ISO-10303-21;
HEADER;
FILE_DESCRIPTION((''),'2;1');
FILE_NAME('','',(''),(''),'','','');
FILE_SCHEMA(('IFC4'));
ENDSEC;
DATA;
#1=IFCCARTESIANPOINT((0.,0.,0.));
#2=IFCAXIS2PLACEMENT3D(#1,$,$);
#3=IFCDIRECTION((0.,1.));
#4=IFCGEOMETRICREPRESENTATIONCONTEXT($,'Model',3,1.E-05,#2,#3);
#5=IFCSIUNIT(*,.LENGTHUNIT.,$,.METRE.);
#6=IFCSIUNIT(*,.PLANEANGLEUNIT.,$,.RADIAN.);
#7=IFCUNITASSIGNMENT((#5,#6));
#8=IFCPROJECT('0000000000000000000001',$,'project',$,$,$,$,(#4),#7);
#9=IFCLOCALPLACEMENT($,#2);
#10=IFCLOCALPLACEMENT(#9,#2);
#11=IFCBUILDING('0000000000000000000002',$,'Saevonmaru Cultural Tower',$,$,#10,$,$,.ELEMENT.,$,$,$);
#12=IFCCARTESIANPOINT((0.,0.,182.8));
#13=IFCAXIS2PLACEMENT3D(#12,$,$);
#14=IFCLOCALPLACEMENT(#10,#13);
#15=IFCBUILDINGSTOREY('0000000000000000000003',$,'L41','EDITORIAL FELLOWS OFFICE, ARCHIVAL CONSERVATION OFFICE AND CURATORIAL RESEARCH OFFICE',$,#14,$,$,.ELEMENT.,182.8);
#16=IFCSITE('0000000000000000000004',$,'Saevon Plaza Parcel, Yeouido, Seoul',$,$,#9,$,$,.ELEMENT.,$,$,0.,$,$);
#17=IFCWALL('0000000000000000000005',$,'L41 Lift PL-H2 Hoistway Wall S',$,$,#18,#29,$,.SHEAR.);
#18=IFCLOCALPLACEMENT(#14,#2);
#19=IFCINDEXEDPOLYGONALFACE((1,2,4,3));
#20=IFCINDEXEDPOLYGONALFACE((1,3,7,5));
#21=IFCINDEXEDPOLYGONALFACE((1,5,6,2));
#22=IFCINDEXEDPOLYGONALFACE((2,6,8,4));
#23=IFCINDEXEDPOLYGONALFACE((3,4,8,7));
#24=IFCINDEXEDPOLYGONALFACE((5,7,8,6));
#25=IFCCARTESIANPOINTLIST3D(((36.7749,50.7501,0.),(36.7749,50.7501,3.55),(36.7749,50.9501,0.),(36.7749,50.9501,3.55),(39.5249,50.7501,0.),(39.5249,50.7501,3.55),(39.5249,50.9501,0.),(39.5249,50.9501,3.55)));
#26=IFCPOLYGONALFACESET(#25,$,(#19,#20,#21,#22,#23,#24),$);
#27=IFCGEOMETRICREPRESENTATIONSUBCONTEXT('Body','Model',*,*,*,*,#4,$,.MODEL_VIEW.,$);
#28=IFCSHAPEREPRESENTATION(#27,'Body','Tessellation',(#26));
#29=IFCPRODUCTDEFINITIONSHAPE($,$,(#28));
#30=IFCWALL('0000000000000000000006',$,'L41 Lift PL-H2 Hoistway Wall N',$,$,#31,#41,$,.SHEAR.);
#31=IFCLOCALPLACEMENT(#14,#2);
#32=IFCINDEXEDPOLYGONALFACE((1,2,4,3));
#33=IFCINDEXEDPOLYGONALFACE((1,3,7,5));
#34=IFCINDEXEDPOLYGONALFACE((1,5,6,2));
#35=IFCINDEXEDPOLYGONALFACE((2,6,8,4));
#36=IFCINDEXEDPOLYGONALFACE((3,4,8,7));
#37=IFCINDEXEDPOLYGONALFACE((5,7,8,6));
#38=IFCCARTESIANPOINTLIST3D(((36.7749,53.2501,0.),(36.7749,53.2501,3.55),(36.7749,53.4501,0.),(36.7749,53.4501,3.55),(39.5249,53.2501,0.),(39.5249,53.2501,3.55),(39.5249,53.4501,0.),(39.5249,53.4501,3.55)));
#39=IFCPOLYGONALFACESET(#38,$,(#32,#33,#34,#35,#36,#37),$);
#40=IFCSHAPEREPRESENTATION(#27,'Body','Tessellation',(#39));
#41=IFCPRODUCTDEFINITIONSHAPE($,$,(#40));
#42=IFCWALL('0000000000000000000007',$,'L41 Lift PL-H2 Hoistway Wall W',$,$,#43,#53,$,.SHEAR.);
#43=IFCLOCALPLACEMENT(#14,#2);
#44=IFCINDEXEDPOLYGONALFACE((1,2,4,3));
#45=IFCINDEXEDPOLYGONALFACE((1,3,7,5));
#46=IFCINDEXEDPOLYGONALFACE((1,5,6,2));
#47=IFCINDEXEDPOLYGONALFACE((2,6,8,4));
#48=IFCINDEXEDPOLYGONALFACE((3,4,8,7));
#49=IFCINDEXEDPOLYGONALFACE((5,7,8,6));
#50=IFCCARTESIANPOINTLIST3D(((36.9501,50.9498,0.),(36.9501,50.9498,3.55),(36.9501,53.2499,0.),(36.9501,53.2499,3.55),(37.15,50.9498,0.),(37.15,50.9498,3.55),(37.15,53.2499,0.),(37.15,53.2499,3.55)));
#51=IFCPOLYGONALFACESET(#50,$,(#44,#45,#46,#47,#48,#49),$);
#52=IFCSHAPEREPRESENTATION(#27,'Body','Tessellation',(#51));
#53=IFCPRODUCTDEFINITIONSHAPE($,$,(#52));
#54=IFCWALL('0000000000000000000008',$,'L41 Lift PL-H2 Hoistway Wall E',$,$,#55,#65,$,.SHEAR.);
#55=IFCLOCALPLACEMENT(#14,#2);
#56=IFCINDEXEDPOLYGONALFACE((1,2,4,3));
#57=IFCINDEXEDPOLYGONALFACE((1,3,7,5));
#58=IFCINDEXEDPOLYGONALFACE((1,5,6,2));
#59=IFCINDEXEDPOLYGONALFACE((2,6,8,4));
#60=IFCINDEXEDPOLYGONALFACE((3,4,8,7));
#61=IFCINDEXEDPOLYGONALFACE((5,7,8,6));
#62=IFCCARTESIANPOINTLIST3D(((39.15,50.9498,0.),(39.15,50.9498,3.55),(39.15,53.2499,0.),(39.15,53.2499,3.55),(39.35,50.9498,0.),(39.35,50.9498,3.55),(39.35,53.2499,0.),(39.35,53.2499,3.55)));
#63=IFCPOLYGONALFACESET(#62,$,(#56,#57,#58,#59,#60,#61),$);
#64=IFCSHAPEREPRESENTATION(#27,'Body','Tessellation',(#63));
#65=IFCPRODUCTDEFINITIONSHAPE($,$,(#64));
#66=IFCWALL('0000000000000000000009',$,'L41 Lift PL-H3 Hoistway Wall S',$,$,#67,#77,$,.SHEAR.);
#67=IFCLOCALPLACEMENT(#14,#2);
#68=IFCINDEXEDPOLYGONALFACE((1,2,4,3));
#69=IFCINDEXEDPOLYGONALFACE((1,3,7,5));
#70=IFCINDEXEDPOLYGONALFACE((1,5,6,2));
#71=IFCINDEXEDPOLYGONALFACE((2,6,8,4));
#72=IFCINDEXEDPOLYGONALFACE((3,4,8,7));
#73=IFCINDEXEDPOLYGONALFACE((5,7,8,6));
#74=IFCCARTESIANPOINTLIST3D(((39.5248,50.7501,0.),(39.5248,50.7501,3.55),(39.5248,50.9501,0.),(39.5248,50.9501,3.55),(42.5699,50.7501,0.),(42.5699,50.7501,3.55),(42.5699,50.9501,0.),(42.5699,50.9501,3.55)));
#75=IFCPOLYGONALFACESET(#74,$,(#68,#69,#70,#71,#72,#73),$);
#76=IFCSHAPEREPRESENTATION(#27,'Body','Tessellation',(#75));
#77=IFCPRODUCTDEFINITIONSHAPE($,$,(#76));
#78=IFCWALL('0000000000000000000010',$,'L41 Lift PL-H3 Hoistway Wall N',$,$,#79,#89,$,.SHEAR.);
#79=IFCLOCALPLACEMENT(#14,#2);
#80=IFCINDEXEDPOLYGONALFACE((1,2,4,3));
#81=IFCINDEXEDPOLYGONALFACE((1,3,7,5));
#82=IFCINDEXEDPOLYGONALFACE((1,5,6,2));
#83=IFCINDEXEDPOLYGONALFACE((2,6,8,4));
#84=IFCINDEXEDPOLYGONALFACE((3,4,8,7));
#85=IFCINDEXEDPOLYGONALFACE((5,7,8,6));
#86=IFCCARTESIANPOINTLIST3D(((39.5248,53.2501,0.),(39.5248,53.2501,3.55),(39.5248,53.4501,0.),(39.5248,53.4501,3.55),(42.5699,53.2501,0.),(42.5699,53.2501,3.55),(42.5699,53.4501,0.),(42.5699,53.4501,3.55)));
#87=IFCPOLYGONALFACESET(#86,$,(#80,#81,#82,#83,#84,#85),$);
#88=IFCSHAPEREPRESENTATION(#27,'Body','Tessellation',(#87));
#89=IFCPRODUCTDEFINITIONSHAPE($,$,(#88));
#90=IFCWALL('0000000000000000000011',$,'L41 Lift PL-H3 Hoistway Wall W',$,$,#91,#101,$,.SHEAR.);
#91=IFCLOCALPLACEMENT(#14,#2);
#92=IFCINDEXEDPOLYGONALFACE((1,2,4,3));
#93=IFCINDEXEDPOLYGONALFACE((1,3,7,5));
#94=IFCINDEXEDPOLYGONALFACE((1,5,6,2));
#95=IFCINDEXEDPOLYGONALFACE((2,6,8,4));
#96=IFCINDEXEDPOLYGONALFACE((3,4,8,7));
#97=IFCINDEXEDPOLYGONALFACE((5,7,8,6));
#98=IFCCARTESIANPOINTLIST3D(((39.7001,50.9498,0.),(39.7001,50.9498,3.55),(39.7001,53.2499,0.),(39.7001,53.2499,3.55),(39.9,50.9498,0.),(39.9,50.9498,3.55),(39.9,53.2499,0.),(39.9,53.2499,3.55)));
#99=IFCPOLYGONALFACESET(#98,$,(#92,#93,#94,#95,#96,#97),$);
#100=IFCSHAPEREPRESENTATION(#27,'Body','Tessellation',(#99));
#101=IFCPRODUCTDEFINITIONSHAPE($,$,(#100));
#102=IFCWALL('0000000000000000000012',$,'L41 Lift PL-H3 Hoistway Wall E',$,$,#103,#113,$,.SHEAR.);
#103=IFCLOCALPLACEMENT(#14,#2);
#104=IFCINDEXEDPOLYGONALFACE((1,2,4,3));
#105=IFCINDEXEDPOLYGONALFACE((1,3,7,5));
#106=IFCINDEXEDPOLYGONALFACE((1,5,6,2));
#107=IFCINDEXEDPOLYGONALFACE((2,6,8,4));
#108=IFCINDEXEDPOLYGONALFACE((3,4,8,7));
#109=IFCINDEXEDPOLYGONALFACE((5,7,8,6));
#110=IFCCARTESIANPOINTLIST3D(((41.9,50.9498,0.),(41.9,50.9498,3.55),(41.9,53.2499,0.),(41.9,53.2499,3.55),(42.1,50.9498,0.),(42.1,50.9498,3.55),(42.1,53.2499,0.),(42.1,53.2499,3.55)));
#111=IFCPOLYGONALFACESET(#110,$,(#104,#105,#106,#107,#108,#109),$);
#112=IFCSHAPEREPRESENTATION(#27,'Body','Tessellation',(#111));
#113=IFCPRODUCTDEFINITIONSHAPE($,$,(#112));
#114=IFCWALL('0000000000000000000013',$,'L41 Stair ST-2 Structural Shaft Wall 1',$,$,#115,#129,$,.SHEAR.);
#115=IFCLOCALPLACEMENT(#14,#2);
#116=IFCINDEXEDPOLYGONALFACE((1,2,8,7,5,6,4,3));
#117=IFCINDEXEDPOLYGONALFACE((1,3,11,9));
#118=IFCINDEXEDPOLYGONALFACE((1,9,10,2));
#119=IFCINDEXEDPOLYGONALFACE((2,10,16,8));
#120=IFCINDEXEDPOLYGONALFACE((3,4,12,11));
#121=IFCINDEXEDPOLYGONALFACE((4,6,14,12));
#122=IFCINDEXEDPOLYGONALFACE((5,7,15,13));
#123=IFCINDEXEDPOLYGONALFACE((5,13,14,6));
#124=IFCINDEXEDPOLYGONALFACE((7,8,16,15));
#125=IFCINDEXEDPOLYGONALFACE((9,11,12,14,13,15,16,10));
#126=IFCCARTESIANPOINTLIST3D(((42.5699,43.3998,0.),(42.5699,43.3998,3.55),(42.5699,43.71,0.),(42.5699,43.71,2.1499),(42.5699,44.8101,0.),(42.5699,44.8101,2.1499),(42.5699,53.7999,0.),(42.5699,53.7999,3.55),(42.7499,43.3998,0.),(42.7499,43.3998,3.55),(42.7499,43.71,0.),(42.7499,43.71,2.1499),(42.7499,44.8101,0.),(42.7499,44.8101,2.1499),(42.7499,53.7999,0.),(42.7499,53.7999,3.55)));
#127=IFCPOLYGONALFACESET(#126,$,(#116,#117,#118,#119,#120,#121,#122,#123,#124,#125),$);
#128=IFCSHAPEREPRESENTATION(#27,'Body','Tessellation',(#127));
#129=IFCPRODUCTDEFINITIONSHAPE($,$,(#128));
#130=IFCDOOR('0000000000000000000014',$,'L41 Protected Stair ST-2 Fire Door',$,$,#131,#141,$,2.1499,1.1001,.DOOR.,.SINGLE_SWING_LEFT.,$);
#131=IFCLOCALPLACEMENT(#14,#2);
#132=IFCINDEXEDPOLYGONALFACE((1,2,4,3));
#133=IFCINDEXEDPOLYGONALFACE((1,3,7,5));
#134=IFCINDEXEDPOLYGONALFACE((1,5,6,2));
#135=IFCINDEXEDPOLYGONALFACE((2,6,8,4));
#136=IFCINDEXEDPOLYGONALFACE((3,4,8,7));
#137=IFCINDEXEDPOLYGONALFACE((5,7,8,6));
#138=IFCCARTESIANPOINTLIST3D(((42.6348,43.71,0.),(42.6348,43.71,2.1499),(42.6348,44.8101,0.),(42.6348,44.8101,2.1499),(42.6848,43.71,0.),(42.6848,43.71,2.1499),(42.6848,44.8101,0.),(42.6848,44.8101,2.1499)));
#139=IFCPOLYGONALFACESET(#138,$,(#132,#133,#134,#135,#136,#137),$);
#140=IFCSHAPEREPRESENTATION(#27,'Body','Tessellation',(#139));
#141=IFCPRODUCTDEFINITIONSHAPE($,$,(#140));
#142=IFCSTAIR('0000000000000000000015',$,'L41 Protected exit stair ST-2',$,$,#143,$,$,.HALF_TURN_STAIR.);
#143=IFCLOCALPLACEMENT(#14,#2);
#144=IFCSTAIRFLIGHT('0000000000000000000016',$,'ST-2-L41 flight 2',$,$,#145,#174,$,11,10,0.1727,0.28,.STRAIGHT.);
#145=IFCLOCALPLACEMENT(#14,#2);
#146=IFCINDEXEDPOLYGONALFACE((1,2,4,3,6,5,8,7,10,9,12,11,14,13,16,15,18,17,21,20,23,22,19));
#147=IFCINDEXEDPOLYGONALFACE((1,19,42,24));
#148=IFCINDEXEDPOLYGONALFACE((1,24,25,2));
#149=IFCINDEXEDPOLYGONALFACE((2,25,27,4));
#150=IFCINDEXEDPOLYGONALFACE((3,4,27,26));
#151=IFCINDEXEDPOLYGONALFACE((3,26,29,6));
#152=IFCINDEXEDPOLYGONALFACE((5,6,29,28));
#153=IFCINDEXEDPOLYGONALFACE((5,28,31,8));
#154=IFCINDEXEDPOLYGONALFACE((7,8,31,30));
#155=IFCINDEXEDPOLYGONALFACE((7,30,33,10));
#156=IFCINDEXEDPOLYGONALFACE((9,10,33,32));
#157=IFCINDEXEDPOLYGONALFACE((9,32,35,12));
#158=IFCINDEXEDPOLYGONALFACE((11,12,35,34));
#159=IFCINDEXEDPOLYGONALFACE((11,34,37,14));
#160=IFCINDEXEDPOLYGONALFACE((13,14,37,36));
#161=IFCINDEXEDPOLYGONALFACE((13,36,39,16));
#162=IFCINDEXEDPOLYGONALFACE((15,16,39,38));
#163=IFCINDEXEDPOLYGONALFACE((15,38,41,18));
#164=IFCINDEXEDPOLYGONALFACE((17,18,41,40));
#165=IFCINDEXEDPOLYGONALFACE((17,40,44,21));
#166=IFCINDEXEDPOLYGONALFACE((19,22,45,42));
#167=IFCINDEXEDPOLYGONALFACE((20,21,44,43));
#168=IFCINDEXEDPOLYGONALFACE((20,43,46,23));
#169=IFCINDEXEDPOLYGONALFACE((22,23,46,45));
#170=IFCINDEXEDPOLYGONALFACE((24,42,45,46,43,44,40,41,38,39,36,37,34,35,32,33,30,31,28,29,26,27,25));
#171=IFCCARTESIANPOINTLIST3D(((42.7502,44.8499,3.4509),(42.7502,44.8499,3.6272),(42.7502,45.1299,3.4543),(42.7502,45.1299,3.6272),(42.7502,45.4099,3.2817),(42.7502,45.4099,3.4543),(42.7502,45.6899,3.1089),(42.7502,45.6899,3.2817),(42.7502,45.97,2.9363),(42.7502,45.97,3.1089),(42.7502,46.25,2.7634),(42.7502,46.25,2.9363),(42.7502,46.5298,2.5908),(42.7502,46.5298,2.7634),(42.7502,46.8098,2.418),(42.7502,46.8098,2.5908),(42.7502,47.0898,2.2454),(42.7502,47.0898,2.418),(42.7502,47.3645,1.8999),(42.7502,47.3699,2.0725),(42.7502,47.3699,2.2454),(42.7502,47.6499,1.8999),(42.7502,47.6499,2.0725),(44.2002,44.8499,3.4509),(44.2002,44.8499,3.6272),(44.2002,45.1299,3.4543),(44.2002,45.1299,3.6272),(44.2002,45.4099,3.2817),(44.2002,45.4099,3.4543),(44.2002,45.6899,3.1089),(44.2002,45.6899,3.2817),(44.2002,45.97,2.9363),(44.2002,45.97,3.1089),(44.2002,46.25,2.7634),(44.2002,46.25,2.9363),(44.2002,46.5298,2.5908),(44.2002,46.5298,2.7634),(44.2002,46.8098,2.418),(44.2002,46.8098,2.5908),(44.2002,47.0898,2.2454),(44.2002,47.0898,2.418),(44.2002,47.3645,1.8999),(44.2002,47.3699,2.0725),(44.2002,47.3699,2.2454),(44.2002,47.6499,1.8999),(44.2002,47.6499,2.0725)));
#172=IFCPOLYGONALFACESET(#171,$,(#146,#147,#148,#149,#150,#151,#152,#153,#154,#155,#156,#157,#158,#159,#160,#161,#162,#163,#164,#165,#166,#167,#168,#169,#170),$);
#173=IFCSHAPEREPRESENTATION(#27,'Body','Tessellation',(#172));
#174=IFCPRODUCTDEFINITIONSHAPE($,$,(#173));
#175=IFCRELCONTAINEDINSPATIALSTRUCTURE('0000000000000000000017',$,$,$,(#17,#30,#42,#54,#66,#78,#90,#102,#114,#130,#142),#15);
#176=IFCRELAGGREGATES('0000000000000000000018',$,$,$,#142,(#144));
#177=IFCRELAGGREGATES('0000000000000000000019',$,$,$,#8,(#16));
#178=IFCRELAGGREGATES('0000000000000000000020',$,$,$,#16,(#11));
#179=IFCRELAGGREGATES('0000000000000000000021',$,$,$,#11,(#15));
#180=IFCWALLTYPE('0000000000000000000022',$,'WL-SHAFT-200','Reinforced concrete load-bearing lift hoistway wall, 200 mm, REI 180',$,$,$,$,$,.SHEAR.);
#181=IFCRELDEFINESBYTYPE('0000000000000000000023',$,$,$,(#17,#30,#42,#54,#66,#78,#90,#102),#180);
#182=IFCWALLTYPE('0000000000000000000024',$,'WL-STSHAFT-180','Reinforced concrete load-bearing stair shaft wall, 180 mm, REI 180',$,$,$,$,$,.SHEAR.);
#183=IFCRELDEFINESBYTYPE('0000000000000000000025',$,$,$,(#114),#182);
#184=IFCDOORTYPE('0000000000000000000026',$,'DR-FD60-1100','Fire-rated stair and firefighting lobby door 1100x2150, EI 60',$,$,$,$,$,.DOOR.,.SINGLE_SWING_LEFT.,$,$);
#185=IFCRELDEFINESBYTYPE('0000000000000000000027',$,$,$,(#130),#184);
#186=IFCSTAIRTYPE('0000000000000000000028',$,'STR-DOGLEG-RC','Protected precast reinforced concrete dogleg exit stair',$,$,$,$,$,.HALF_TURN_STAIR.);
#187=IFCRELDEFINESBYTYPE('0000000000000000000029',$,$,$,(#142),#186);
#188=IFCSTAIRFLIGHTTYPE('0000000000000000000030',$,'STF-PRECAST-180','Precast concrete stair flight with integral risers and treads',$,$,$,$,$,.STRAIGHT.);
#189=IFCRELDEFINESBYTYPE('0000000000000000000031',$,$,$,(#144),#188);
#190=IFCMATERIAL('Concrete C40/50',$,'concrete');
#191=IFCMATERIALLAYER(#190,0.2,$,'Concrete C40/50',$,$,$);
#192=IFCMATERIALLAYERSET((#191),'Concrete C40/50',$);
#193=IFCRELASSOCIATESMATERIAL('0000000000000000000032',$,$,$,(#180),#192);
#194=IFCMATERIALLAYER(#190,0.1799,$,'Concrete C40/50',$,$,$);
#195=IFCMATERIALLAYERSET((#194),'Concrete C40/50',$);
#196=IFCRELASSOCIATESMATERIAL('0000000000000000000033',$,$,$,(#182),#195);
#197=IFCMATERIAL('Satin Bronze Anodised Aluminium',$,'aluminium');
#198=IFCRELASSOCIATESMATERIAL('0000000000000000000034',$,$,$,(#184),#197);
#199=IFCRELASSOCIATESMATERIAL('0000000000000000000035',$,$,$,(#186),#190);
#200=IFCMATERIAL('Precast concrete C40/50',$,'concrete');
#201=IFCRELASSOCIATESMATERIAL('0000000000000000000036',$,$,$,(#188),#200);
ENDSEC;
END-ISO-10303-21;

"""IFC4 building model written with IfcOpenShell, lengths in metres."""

from ifc_helpers import new_model, si_unit, direction, frame, frame_2d, origin, place, context, subcontext, project, spatial, polyline, rectangle, outline, extrude, material, layer, layer_set, type_object, element, fill, aggregate, save


model = new_model("IFC4")

# Units and contexts
model_context = context("Model", 3, precision=1e-05, world=origin(), true_north=direction((0.0, 1.0)))
body_context = subcontext(model_context, "Body", "Model", "MODEL_VIEW")
ifc_project = project(units=[si_unit("LENGTHUNIT", "METRE"), si_unit("PLANEANGLEUNIT", "RADIAN")], contexts=[model_context])

# Site, building, storey
site_placement = place(None, origin())
site = spatial("IfcSite", under=ifc_project, at=site_placement, Name="Saevon Plaza Parcel, Yeouido, Seoul", CompositionType="ELEMENT", RefElevation=0.0)
building_placement = place(site_placement, origin())
building = spatial("IfcBuilding", under=site, at=building_placement, Name="Saevonmaru Cultural Tower", CompositionType="ELEMENT")
storey_placement = place(building_placement, frame((0.0, 0.0, 182.8)))
storey = spatial("IfcBuildingStorey", under=building, at=storey_placement, Name="L41", Description="EDITORIAL FELLOWS OFFICE, ARCHIVAL CONSERVATION OFFICE AND CURATORIAL RESEARCH OFFICE", CompositionType="ELEMENT", Elevation=182.8)

# Shared definitions
ifc_material_1 = material(Name="Satin Bronze Anodised Aluminium", Category="aluminium")

# Walls
ifc_material_2 = material(Name="Concrete C40/50", Category="concrete")
ifc_layer_1 = layer(ifc_material_2, 0.2, Name="Concrete C40/50")
ifc_layer_set_1 = layer_set([ifc_layer_1], Name="Concrete C40/50")
wall_type_1 = type_object("IfcWallType", Name="WL-SHAFT-200", Description="Reinforced concrete load-bearing lift hoistway wall, 200 mm, REI 180", PredefinedType="SHEAR", material=ifc_layer_set_1)
for number, where, z_axis, x_axis, name in (
    (1, (36.7749, 50.8501, 0.0), (0.0, 0.0, 1.0), (1.0, 0.0, 0.0), "L41 Lift PL-H2 Hoistway Wall S"),
    (2, (36.7749, 53.3501, 0.0), (0.0, 0.0, 1.0), (1.0, 0.0, 0.0), "L41 Lift PL-H2 Hoistway Wall N"),
):
    element("IfcWall", number, at=place(storey_placement, frame(where, z_axis=z_axis, x_axis=x_axis)), inside=storey, type_object=wall_type_1, Name=name, PredefinedType="SHEAR", context=body_context, shape_type="SweptSolid", body=[
        extrude(rectangle(XDim=2.75, YDim=0.2, at=frame_2d((1.375, 0.0))), origin(), (0.0, 0.0, 1.0), 3.55),
    ])
for number, where, z_axis, x_axis, name in (
    (3, (37.05, 50.95, 0.0), (0.0, 0.0, 1.0), (0.0, 1.0, 0.0), "L41 Lift PL-H2 Hoistway Wall W"),
    (4, (39.25, 50.95, 0.0), (0.0, 0.0, 1.0), (0.0, 1.0, 0.0), "L41 Lift PL-H2 Hoistway Wall E"),
):
    element("IfcWall", number, at=place(storey_placement, frame(where, z_axis=z_axis, x_axis=x_axis)), inside=storey, type_object=wall_type_1, Name=name, PredefinedType="SHEAR", context=body_context, shape_type="SweptSolid", body=[
        extrude(rectangle(XDim=2.3, YDim=0.2, at=frame_2d((1.1499, 0.0))), origin(), (0.0, 0.0, 1.0), 3.55),
    ])
for number, where, z_axis, x_axis, name in (
    (5, (39.5249, 50.8501, 0.0), (0.0, 0.0, 1.0), (1.0, 0.0, 0.0), "L41 Lift PL-H3 Hoistway Wall S"),
    (6, (39.5249, 53.3501, 0.0), (0.0, 0.0, 1.0), (1.0, 0.0, 0.0), "L41 Lift PL-H3 Hoistway Wall N"),
):
    element("IfcWall", number, at=place(storey_placement, frame(where, z_axis=z_axis, x_axis=x_axis)), inside=storey, type_object=wall_type_1, Name=name, PredefinedType="SHEAR", context=body_context, shape_type="SweptSolid", body=[
        extrude(rectangle(XDim=3.0452, YDim=0.2, at=frame_2d((1.5225, 0.0))), origin(), (0.0, 0.0, 1.0), 3.55),
    ])
for number, where, z_axis, x_axis, name in (
    (7, (39.8, 50.95, 0.0), (0.0, 0.0, 1.0), (0.0, 1.0, 0.0), "L41 Lift PL-H3 Hoistway Wall W"),
    (8, (42.0, 50.95, 0.0), (0.0, 0.0, 1.0), (0.0, 1.0, 0.0), "L41 Lift PL-H3 Hoistway Wall E"),
):
    element("IfcWall", number, at=place(storey_placement, frame(where, z_axis=z_axis, x_axis=x_axis)), inside=storey, type_object=wall_type_1, Name=name, PredefinedType="SHEAR", context=body_context, shape_type="SweptSolid", body=[
        extrude(rectangle(XDim=2.3, YDim=0.2, at=frame_2d((1.1499, 0.0))), origin(), (0.0, 0.0, 1.0), 3.55),
    ])

# Wall, opening, door
ifc_layer_2 = layer(ifc_material_2, 0.1799, Name="Concrete C40/50")
ifc_layer_set_2 = layer_set([ifc_layer_2], Name="Concrete C40/50")
wall_type_2 = type_object("IfcWallType", Name="WL-STSHAFT-180", Description="Reinforced concrete load-bearing stair shaft wall, 180 mm, REI 180", PredefinedType="SHEAR", material=ifc_layer_set_2)
wall_1_placement = place(storey_placement, frame((42.6599, 53.8, 0.0), z_axis=(0.0, 0.0, 1.0), x_axis=(0.0, -1.0, 0.0)))
wall_1 = element("IfcWall", 9, at=wall_1_placement, inside=storey, type_object=wall_type_2, Name="L41 Stair ST-2 Structural Shaft Wall 1", PredefinedType="SHEAR", context=body_context, shape_type="SweptSolid", body=[
    extrude(rectangle(XDim=10.4001, YDim=0.1799, at=frame_2d((5.2002, 0.0))), origin(), (0.0, 0.0, 1.0), 3.55),
])
opening_placement = place(wall_1_placement, frame((8.99, 0.0, 0.0)))
opening = element("IfcOpeningElement", 10, at=opening_placement, cuts=wall_1, PredefinedType="OPENING", context=body_context, shape_type="SweptSolid", body=[
    extrude(rectangle(XDim=1.1001, YDim=2.1499, at=frame_2d((0.55, 1.075))), frame((0.0, 0.1001, 0.0), z_axis=(0.0, -1.0, 0.0), x_axis=(1.0, 0.0, 0.0)), (0.0, 0.0, 1.0), 0.2),
])
door_type = type_object("IfcDoorType", Name="DR-FD60-1100", Description="Fire-rated stair and firefighting lobby door 1100x2150, EI 60", OperationType="SINGLE_SWING_LEFT", PredefinedType="DOOR", material=ifc_material_1)
door_placement = place(opening_placement, origin())
door = element("IfcDoor", 11, at=door_placement, inside=storey, type_object=door_type, Name="L41 Protected Stair ST-2 Fire Door", OperationType="SINGLE_SWING_LEFT", OverallHeight=2.1499, OverallWidth=1.1001, PredefinedType="DOOR", context=body_context, shape_type="SweptSolid", body=[
    extrude(rectangle(XDim=1.1001, YDim=2.1499, at=frame_2d((0.55, 1.075))), frame((0.0, 0.0249, 0.0), z_axis=(0.0, -1.0, 0.0), x_axis=(1.0, 0.0, 0.0)), (0.0, 0.0, 1.0), 0.05),
])
fill(opening, door)

# Stair, stair flight
stair_type = type_object("IfcStairType", Name="STR-DOGLEG-RC", Description="Protected precast reinforced concrete dogleg exit stair", PredefinedType="HALF_TURN_STAIR", material=ifc_material_2)
stair_placement = place(storey_placement, origin())
stair = element("IfcStair", 12, at=stair_placement, inside=storey, type_object=stair_type, Name="L41 Protected exit stair ST-2", PredefinedType="HALF_TURN_STAIR")
ifc_material_3 = material(Name="Precast concrete C40/50", Category="concrete")
stair_flight_type = type_object("IfcStairFlightType", Name="STF-PRECAST-180", Description="Precast concrete stair flight with integral risers and treads", PredefinedType="STRAIGHT", material=ifc_material_3)
stair_flight_placement = place(storey_placement, frame((43.4751, 47.6499, 1.8999), z_axis=(0.0, 0.0, 1.0), x_axis=(0.0, -1.0, 0.0)))
stair_flight = element("IfcStairFlight", 13, at=stair_flight_placement, type_object=stair_flight_type, Name="ST-2-L41 flight 2", NumberOfRisers=11, NumberOfTreads=10, PredefinedType="STRAIGHT", RiserHeight=0.1727, TreadLength=0.28, context=body_context, shape_type="SweptSolid", body=[
    extrude(outline(polyline([(0.0, 0.0), (0.0, 0.1726), (0.28, 0.1726), (0.28, 0.3455), (0.5601, 0.3455), (0.5601, 0.5181), (0.8401, 0.5181), (0.8401, 0.6909), (1.1201, 0.6909), (1.1201, 0.8635), (1.3999, 0.8635), (1.3999, 1.0364), (1.6799, 1.0364), (1.6799, 1.209), (1.96, 1.209), (1.96, 1.3818), (2.24, 1.3818), (2.24, 1.5544), (2.52, 1.5544), (2.52, 1.7273), (2.8, 1.7273), (2.8, 1.8999), (2.8, 1.551), (0.2854, 0.0), (0.0, 0.0)])), frame((0.0, 0.7251, 0.0), z_axis=(0.0, -1.0, 0.0), x_axis=(1.0, 0.0, 0.0)), (0.0, 0.0, 1.0), 1.45),
])
aggregate(stair, [stair_flight])

save(model, "model.ifc")
